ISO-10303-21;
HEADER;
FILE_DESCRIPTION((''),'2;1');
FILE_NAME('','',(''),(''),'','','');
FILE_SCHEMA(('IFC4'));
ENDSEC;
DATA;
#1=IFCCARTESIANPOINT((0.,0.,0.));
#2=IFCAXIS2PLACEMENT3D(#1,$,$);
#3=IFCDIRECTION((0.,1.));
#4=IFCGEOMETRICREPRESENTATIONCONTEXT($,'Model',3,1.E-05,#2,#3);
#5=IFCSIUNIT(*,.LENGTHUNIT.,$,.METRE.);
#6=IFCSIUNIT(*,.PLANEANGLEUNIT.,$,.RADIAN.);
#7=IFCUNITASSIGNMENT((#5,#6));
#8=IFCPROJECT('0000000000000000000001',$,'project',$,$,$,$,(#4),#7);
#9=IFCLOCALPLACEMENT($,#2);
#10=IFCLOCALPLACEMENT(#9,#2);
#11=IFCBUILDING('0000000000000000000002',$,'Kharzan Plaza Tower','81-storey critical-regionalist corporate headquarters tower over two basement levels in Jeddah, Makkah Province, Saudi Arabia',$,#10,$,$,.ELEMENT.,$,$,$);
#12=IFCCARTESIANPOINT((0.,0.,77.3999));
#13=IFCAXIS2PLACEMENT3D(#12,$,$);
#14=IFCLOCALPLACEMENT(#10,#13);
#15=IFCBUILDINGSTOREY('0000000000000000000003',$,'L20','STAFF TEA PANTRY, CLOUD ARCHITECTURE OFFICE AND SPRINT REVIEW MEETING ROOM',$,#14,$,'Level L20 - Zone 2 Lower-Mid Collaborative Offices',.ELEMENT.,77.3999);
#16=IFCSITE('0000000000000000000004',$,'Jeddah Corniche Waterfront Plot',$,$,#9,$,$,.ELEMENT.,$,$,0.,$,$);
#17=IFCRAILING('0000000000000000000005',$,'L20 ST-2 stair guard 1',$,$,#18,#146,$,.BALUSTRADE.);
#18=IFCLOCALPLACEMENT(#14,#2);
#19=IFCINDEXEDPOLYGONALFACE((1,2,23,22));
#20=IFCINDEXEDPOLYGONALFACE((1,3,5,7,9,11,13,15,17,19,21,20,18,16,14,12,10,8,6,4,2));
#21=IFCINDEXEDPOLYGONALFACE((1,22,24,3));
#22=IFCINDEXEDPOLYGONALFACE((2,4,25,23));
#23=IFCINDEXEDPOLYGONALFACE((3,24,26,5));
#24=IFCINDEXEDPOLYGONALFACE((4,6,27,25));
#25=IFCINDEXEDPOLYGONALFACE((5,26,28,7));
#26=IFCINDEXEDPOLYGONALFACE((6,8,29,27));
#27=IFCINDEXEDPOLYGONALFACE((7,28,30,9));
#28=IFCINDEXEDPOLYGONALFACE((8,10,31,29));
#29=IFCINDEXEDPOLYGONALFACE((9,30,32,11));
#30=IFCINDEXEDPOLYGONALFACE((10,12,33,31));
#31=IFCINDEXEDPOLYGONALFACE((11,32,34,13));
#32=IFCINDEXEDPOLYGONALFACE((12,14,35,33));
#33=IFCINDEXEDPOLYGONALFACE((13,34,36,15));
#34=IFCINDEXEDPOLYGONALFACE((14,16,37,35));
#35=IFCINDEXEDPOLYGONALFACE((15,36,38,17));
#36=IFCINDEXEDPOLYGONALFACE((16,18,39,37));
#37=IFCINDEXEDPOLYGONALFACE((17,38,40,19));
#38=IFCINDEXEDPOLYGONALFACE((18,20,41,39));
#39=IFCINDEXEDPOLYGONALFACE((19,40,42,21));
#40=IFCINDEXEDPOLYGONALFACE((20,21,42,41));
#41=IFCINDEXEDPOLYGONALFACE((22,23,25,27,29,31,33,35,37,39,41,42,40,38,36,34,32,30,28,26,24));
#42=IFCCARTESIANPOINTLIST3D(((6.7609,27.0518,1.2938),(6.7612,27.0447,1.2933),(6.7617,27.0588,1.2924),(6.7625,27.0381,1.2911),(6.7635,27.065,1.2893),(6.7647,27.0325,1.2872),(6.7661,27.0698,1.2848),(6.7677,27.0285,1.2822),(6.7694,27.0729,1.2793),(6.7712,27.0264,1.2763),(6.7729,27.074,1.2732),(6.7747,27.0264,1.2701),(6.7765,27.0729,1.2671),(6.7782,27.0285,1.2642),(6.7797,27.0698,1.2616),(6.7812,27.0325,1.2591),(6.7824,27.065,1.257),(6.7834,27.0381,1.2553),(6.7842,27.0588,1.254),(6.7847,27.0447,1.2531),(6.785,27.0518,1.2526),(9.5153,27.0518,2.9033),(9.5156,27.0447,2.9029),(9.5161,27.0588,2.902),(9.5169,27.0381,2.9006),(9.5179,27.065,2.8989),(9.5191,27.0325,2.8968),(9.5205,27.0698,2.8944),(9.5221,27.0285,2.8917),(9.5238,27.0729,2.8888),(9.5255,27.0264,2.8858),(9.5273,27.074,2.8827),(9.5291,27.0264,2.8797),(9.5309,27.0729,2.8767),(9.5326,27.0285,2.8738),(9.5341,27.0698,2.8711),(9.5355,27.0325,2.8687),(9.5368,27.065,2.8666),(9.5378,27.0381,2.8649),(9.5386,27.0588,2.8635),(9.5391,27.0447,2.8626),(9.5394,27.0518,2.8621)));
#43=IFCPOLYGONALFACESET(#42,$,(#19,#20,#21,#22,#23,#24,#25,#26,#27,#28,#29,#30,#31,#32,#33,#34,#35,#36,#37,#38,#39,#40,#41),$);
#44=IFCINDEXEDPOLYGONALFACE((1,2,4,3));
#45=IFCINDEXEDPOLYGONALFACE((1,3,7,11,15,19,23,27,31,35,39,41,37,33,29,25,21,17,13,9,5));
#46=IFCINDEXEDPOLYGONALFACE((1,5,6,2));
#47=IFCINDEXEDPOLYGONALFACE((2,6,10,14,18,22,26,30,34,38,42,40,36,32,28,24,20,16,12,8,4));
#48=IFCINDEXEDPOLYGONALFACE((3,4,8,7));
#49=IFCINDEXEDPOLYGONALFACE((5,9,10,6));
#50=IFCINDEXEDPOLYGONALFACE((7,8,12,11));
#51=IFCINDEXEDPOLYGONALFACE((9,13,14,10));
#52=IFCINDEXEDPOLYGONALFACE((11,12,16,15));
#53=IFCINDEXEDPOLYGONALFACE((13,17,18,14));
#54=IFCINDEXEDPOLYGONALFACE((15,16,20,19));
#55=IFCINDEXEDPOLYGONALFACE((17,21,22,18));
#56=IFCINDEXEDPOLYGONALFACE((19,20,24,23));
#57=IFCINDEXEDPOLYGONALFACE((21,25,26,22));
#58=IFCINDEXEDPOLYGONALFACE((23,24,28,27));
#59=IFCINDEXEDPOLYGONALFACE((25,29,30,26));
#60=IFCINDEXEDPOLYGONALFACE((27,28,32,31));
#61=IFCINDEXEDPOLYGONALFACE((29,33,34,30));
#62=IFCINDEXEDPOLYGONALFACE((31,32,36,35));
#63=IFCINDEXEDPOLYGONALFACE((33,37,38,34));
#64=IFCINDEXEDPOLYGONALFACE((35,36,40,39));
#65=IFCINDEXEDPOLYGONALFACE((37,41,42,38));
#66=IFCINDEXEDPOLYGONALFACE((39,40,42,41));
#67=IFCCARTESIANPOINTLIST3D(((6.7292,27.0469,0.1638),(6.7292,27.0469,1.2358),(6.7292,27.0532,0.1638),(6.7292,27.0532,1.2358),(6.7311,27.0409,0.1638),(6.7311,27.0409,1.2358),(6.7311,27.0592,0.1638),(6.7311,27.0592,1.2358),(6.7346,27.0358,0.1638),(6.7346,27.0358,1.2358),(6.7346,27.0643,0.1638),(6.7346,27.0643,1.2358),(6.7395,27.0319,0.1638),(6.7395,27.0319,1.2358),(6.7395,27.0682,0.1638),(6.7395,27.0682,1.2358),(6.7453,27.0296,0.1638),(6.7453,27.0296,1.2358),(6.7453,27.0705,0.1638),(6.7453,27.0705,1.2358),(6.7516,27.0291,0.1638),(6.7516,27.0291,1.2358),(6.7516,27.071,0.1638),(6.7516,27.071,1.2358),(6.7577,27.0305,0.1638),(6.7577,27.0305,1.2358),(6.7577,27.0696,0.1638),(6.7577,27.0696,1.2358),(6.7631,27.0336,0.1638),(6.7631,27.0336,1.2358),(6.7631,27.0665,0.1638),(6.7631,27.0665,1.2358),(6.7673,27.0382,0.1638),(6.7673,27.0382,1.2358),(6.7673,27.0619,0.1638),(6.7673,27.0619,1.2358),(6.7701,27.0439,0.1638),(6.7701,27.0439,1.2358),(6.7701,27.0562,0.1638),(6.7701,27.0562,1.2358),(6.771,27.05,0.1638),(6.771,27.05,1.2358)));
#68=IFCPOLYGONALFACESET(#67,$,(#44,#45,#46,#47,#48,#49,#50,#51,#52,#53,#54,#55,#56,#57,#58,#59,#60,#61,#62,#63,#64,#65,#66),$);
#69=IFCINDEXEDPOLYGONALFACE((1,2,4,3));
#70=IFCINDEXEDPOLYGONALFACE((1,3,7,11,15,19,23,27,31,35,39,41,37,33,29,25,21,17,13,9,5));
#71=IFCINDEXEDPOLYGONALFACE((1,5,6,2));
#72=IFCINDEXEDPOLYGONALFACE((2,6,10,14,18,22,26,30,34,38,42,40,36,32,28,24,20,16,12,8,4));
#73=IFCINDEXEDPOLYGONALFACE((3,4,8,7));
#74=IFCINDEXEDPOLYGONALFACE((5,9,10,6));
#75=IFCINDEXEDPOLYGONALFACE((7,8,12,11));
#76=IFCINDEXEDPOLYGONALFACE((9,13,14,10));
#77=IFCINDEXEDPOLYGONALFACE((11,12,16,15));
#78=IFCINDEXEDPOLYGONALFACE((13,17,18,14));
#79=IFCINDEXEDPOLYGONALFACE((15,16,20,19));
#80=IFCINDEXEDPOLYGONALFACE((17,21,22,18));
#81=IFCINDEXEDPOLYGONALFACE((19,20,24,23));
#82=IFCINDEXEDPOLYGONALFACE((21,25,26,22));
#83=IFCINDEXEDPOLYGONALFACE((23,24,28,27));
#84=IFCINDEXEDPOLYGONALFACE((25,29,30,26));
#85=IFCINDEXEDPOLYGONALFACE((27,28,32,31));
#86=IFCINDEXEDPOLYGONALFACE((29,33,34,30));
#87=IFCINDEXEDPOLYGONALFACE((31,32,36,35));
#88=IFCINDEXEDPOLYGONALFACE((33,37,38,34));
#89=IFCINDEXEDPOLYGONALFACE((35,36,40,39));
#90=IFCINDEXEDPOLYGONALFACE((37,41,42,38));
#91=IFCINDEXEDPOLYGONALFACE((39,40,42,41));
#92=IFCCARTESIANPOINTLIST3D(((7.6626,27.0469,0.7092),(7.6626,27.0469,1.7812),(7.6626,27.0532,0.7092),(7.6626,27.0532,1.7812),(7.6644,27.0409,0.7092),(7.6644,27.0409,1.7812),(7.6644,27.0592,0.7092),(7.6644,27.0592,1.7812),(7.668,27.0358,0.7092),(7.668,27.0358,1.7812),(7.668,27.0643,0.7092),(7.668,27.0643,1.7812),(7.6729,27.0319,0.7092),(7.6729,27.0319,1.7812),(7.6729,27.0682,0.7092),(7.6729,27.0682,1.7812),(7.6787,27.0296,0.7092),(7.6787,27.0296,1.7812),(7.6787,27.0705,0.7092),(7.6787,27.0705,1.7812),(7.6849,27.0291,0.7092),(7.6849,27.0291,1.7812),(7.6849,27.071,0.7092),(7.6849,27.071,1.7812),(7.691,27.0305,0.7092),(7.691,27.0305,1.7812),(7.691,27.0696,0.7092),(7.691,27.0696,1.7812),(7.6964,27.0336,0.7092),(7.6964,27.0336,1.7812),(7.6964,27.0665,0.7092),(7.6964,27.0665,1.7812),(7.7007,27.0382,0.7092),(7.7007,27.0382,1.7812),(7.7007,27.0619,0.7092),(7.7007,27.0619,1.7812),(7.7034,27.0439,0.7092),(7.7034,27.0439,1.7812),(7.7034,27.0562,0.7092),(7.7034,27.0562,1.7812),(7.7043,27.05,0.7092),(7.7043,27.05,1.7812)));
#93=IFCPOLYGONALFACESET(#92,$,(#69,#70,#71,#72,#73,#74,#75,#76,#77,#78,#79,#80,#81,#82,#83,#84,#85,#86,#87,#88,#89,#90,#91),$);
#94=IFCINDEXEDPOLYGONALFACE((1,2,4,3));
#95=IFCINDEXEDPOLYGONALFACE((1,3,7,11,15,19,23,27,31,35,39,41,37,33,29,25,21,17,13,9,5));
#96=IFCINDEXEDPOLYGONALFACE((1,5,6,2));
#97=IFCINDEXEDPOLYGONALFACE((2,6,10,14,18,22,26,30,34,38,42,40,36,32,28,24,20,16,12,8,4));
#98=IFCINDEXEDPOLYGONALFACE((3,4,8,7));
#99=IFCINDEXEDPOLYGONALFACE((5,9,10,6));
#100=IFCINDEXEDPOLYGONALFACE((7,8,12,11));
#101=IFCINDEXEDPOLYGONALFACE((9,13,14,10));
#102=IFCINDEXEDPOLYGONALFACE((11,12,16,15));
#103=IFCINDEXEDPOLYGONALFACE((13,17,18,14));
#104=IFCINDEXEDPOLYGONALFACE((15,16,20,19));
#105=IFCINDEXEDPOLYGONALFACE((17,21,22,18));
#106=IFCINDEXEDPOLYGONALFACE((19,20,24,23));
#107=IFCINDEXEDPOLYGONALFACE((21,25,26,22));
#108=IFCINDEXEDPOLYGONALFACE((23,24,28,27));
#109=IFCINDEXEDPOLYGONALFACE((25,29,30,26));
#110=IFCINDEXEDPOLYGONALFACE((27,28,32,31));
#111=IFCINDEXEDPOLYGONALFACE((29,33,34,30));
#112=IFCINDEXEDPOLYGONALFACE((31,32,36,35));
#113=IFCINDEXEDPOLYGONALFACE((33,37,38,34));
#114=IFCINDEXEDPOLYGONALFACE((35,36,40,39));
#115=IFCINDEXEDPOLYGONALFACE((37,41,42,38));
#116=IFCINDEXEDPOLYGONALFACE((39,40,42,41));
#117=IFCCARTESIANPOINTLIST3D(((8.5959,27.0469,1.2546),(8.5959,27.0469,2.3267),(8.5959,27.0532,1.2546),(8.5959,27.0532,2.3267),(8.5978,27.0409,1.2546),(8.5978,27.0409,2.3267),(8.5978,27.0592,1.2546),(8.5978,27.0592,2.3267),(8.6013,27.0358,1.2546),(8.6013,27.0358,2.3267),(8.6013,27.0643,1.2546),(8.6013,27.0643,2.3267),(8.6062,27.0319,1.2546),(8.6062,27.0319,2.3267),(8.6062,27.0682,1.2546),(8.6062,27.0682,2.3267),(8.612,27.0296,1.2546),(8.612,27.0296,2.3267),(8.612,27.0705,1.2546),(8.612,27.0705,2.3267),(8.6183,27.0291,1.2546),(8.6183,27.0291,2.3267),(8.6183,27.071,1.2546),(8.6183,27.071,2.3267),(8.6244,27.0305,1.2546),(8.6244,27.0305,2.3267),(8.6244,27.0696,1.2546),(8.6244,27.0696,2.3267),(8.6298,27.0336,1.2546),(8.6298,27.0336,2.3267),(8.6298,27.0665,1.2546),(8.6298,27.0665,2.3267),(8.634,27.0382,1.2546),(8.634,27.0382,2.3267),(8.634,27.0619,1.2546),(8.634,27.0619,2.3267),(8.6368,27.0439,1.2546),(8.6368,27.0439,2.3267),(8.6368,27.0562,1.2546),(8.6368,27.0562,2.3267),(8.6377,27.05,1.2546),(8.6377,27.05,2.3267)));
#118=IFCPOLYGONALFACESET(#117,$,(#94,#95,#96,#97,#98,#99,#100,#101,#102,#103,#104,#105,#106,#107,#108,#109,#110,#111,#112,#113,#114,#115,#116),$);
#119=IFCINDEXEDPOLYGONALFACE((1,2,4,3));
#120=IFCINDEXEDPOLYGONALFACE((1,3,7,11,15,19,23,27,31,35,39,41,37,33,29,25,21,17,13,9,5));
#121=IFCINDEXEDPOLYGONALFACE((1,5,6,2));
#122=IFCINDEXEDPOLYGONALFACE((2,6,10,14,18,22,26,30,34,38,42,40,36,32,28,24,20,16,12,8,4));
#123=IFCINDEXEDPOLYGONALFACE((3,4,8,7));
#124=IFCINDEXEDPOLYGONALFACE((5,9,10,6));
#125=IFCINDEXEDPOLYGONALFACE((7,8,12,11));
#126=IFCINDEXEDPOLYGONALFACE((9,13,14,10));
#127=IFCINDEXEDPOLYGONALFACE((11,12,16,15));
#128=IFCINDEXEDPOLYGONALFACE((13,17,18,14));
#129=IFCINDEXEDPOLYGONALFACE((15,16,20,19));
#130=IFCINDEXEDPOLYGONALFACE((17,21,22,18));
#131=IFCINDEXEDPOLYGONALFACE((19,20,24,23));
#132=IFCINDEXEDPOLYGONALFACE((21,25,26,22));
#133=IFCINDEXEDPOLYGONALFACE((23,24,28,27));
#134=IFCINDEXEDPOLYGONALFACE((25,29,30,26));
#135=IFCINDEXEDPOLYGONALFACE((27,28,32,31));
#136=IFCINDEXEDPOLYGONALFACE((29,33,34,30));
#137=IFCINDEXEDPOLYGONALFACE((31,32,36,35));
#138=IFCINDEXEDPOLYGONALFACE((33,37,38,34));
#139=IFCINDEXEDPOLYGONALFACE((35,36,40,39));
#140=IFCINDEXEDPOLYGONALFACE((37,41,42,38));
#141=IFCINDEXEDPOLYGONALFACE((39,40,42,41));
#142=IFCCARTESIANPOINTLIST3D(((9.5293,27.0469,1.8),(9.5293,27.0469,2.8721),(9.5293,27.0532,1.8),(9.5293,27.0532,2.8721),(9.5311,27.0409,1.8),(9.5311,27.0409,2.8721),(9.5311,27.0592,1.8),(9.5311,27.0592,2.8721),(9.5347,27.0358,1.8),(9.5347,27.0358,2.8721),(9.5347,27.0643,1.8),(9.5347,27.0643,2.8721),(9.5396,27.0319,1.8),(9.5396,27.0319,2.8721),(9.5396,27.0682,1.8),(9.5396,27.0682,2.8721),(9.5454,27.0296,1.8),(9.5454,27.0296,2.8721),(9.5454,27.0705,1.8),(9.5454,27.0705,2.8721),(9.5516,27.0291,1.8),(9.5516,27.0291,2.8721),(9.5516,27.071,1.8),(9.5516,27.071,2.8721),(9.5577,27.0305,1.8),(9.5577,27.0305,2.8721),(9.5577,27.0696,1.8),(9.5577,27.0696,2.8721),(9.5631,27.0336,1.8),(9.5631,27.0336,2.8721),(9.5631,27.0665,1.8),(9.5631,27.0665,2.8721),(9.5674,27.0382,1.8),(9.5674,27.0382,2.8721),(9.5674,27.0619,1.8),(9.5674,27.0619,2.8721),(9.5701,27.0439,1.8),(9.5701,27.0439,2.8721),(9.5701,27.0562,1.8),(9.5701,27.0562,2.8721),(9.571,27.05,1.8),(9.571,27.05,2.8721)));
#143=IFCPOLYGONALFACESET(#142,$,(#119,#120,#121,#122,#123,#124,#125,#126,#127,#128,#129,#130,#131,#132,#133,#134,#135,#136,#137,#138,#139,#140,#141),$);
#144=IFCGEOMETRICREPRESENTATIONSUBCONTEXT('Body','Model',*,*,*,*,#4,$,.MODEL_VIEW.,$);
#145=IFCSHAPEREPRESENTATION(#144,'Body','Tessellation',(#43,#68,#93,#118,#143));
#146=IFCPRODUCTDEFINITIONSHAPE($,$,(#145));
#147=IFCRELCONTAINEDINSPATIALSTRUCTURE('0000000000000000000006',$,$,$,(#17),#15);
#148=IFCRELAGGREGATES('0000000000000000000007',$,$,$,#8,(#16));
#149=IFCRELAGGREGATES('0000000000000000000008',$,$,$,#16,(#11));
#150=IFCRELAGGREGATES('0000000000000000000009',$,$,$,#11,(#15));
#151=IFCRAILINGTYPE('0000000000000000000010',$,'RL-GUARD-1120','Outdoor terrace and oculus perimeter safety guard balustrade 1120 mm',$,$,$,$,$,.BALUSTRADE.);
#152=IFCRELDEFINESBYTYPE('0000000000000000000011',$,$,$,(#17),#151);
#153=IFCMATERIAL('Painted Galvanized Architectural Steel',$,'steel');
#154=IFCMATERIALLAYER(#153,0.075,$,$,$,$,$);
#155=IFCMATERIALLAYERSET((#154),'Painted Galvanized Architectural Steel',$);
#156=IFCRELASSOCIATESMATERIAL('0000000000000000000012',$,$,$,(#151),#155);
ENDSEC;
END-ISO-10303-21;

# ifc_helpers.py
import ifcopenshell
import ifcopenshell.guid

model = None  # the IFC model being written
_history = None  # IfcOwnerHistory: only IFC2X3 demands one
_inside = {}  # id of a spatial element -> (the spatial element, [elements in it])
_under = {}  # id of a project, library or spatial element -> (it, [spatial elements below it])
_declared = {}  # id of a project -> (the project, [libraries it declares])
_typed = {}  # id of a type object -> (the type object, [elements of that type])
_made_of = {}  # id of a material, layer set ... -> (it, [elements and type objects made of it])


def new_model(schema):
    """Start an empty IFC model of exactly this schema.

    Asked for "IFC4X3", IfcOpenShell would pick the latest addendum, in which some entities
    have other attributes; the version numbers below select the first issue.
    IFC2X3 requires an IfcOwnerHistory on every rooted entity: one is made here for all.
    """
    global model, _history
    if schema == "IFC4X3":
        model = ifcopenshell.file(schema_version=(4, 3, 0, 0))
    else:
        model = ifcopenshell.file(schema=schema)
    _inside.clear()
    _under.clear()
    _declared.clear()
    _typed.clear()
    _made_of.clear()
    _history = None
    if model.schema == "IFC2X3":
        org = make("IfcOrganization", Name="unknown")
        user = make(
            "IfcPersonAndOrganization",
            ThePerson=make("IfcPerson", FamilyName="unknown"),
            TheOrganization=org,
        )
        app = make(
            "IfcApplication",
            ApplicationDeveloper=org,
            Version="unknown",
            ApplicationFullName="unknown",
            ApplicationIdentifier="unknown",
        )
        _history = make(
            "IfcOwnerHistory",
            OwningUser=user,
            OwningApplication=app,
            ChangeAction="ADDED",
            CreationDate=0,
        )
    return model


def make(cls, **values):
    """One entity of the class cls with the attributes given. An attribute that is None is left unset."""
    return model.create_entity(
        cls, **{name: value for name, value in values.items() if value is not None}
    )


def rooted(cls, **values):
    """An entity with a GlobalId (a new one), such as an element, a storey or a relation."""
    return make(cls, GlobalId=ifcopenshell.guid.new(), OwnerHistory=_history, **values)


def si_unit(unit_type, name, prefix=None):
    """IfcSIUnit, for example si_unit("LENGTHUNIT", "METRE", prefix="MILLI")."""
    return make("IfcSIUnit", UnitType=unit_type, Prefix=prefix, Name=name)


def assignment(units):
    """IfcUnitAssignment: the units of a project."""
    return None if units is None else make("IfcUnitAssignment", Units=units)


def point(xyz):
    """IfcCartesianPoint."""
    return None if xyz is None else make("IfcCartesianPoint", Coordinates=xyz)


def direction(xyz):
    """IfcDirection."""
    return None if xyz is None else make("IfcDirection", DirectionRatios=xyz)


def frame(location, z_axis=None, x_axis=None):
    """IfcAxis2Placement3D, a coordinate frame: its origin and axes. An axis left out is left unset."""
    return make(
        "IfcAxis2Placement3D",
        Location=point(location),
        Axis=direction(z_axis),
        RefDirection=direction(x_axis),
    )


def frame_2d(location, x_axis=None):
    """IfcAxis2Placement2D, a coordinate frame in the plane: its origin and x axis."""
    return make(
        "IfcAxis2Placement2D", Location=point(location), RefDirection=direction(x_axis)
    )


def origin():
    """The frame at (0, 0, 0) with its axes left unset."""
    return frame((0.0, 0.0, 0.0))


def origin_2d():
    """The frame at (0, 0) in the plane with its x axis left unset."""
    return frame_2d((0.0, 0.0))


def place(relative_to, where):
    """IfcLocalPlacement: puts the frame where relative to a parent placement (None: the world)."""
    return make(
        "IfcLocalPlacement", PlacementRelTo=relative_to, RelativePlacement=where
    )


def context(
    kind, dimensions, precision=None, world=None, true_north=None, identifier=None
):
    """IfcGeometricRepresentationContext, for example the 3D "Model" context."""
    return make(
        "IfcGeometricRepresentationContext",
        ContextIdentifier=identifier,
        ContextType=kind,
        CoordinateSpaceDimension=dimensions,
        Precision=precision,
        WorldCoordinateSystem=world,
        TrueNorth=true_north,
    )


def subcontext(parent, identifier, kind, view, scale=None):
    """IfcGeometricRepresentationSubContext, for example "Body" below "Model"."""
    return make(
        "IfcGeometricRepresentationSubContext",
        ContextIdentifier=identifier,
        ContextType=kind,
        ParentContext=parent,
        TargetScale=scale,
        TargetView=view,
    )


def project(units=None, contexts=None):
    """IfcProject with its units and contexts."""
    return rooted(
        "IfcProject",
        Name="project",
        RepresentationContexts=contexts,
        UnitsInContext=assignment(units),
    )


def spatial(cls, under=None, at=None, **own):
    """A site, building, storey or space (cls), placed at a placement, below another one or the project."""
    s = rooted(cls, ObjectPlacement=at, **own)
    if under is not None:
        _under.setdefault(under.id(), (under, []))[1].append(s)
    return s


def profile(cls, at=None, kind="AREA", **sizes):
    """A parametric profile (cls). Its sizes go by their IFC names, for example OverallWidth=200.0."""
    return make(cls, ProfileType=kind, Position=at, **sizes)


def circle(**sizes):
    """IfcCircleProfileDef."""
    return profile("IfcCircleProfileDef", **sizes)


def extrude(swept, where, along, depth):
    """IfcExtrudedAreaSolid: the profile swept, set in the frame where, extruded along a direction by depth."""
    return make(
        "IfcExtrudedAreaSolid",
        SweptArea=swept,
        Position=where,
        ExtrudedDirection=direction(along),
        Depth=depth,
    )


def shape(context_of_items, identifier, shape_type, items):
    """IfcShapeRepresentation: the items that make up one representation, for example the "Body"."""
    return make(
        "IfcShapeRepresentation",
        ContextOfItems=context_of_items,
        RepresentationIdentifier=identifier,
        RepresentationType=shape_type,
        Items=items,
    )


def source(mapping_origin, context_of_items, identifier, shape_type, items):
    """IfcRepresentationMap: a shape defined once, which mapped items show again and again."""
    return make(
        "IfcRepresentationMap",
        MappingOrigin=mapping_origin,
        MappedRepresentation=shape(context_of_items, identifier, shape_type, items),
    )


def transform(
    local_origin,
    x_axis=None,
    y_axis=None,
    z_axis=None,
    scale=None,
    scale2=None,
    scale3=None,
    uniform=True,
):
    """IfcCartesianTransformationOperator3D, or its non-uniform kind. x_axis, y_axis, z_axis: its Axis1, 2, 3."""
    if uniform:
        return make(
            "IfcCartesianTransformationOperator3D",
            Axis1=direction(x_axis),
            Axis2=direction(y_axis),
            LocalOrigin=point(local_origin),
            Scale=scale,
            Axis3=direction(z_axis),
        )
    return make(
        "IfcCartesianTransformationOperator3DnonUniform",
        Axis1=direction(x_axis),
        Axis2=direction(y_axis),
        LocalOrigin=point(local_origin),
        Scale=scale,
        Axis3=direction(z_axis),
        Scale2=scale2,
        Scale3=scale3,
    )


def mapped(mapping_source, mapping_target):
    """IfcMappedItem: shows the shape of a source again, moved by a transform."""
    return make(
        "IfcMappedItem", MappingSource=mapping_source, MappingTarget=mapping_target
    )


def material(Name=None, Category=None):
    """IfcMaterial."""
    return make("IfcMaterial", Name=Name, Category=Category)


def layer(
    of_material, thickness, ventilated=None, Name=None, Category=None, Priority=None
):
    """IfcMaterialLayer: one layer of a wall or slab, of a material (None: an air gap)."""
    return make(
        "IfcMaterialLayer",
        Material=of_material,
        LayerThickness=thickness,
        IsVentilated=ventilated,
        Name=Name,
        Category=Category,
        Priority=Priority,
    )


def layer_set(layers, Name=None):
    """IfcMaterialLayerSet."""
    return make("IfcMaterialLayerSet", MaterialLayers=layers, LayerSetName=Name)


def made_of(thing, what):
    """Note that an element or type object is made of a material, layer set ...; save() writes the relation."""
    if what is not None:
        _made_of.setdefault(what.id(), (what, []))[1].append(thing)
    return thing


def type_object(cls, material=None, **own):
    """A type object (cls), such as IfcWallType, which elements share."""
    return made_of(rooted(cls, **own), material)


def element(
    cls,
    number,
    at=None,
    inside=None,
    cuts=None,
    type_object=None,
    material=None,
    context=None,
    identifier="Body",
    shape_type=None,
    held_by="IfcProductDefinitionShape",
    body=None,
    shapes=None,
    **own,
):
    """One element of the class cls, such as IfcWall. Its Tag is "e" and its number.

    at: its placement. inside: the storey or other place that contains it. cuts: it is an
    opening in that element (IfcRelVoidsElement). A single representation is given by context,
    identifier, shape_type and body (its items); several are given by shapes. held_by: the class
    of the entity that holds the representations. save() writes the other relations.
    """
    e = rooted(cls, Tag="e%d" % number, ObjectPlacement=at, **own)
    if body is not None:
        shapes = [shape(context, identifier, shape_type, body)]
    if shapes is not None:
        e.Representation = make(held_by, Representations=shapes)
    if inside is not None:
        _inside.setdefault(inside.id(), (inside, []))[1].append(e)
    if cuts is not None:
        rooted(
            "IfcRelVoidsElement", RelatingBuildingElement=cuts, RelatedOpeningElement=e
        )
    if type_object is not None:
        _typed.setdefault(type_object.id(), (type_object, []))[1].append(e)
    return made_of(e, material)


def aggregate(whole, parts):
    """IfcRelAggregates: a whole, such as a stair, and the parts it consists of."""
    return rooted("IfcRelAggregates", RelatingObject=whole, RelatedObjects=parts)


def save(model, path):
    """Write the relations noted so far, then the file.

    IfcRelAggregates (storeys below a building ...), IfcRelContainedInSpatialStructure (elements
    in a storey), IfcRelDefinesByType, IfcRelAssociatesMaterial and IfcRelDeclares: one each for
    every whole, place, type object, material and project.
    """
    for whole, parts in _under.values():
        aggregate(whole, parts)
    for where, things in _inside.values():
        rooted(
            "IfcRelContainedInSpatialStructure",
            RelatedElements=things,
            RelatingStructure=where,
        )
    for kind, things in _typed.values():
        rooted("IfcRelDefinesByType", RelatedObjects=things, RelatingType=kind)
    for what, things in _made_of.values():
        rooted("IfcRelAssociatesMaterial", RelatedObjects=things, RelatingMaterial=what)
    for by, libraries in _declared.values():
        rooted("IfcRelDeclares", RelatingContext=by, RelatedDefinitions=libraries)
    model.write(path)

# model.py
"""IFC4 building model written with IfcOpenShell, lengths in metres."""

from ifc_helpers import new_model, si_unit, direction, frame, origin, origin_2d, place, context, subcontext, project, spatial, circle, extrude, source, transform, mapped, material, layer, layer_set, type_object, element, save


model = new_model("IFC4")

# Units and contexts
model_context = context("Model", 3, precision=1e-05, world=origin(), true_north=direction((0.0, 1.0)))
body_context = subcontext(model_context, "Body", "Model", "MODEL_VIEW")
ifc_project = project(units=[si_unit("LENGTHUNIT", "METRE"), si_unit("PLANEANGLEUNIT", "RADIAN")], contexts=[model_context])

# Site, building, storey
site_placement = place(None, origin())
site = spatial("IfcSite", under=ifc_project, at=site_placement, Name="Jeddah Corniche Waterfront Plot", CompositionType="ELEMENT", RefElevation=0.0)
building_placement = place(site_placement, origin())
building = spatial("IfcBuilding", under=site, at=building_placement, Name="Kharzan Plaza Tower", Description="81-storey critical-regionalist corporate headquarters tower over two basement levels in Jeddah, Makkah Province, Saudi Arabia", CompositionType="ELEMENT")
storey_placement = place(building_placement, frame((0.0, 0.0, 77.3999)))
storey = spatial("IfcBuildingStorey", under=building, at=storey_placement, Name="L20", Description="STAFF TEA PANTRY, CLOUD ARCHITECTURE OFFICE AND SPRINT REVIEW MEETING ROOM", LongName="Level L20 - Zone 2 Lower-Mid Collaborative Offices", CompositionType="ELEMENT", Elevation=77.3999)

# Railing
ifc_material_1 = material(Name="Painted Galvanized Architectural Steel", Category="steel")
ifc_layer_1 = layer(ifc_material_1, 0.075)
ifc_layer_set_1 = layer_set([ifc_layer_1], Name="Painted Galvanized Architectural Steel")
railing_type_1 = type_object("IfcRailingType", Name="RL-GUARD-1120", Description="Outdoor terrace and oculus perimeter safety guard balustrade 1120 mm", PredefinedType="BALUSTRADE", material=ifc_layer_set_1)
shared_shape_1 = source(origin(), body_context, "Body", "SweptSolid", [
    extrude(circle(Radius=0.0239, at=origin_2d()), frame((0.0229, 0.0, 1.1094), z_axis=(0.863394, 0.0, 0.504531), x_axis=(0.0, 1.0, 0.0)), (0.0, 0.0, 1.0), 3.1902),
    extrude(circle(Radius=0.021, at=origin_2d()), origin(), (0.0, 0.0, 1.0), 1.072),
    extrude(circle(Radius=0.021, at=origin_2d()), frame((0.9333, 0.0, 0.5454)), (0.0, 0.0, 1.0), 1.072),
    extrude(circle(Radius=0.021, at=origin_2d()), frame((1.8667, 0.0, 1.0908)), (0.0, 0.0, 1.0), 1.072),
    extrude(circle(Radius=0.021, at=origin_2d()), frame((2.8, 0.0, 1.6362)), (0.0, 0.0, 1.0), 1.072),
])
railing_1_placement = place(storey_placement, frame((6.75, 27.05, 0.1638)))
element("IfcRailing", 1, at=railing_1_placement, inside=storey, type_object=railing_type_1, Name="L20 ST-2 stair guard 1", PredefinedType="BALUSTRADE", context=body_context, shape_type="MappedRepresentation", body=[
    mapped(shared_shape_1, transform((0.0, 0.0, 0.0), x_axis=(1.0, 0.0, 0.0), y_axis=(0.0, 1.0, 0.0), z_axis=(0.0, 0.0, 1.0))),
])

save(model, "model.ifc")
